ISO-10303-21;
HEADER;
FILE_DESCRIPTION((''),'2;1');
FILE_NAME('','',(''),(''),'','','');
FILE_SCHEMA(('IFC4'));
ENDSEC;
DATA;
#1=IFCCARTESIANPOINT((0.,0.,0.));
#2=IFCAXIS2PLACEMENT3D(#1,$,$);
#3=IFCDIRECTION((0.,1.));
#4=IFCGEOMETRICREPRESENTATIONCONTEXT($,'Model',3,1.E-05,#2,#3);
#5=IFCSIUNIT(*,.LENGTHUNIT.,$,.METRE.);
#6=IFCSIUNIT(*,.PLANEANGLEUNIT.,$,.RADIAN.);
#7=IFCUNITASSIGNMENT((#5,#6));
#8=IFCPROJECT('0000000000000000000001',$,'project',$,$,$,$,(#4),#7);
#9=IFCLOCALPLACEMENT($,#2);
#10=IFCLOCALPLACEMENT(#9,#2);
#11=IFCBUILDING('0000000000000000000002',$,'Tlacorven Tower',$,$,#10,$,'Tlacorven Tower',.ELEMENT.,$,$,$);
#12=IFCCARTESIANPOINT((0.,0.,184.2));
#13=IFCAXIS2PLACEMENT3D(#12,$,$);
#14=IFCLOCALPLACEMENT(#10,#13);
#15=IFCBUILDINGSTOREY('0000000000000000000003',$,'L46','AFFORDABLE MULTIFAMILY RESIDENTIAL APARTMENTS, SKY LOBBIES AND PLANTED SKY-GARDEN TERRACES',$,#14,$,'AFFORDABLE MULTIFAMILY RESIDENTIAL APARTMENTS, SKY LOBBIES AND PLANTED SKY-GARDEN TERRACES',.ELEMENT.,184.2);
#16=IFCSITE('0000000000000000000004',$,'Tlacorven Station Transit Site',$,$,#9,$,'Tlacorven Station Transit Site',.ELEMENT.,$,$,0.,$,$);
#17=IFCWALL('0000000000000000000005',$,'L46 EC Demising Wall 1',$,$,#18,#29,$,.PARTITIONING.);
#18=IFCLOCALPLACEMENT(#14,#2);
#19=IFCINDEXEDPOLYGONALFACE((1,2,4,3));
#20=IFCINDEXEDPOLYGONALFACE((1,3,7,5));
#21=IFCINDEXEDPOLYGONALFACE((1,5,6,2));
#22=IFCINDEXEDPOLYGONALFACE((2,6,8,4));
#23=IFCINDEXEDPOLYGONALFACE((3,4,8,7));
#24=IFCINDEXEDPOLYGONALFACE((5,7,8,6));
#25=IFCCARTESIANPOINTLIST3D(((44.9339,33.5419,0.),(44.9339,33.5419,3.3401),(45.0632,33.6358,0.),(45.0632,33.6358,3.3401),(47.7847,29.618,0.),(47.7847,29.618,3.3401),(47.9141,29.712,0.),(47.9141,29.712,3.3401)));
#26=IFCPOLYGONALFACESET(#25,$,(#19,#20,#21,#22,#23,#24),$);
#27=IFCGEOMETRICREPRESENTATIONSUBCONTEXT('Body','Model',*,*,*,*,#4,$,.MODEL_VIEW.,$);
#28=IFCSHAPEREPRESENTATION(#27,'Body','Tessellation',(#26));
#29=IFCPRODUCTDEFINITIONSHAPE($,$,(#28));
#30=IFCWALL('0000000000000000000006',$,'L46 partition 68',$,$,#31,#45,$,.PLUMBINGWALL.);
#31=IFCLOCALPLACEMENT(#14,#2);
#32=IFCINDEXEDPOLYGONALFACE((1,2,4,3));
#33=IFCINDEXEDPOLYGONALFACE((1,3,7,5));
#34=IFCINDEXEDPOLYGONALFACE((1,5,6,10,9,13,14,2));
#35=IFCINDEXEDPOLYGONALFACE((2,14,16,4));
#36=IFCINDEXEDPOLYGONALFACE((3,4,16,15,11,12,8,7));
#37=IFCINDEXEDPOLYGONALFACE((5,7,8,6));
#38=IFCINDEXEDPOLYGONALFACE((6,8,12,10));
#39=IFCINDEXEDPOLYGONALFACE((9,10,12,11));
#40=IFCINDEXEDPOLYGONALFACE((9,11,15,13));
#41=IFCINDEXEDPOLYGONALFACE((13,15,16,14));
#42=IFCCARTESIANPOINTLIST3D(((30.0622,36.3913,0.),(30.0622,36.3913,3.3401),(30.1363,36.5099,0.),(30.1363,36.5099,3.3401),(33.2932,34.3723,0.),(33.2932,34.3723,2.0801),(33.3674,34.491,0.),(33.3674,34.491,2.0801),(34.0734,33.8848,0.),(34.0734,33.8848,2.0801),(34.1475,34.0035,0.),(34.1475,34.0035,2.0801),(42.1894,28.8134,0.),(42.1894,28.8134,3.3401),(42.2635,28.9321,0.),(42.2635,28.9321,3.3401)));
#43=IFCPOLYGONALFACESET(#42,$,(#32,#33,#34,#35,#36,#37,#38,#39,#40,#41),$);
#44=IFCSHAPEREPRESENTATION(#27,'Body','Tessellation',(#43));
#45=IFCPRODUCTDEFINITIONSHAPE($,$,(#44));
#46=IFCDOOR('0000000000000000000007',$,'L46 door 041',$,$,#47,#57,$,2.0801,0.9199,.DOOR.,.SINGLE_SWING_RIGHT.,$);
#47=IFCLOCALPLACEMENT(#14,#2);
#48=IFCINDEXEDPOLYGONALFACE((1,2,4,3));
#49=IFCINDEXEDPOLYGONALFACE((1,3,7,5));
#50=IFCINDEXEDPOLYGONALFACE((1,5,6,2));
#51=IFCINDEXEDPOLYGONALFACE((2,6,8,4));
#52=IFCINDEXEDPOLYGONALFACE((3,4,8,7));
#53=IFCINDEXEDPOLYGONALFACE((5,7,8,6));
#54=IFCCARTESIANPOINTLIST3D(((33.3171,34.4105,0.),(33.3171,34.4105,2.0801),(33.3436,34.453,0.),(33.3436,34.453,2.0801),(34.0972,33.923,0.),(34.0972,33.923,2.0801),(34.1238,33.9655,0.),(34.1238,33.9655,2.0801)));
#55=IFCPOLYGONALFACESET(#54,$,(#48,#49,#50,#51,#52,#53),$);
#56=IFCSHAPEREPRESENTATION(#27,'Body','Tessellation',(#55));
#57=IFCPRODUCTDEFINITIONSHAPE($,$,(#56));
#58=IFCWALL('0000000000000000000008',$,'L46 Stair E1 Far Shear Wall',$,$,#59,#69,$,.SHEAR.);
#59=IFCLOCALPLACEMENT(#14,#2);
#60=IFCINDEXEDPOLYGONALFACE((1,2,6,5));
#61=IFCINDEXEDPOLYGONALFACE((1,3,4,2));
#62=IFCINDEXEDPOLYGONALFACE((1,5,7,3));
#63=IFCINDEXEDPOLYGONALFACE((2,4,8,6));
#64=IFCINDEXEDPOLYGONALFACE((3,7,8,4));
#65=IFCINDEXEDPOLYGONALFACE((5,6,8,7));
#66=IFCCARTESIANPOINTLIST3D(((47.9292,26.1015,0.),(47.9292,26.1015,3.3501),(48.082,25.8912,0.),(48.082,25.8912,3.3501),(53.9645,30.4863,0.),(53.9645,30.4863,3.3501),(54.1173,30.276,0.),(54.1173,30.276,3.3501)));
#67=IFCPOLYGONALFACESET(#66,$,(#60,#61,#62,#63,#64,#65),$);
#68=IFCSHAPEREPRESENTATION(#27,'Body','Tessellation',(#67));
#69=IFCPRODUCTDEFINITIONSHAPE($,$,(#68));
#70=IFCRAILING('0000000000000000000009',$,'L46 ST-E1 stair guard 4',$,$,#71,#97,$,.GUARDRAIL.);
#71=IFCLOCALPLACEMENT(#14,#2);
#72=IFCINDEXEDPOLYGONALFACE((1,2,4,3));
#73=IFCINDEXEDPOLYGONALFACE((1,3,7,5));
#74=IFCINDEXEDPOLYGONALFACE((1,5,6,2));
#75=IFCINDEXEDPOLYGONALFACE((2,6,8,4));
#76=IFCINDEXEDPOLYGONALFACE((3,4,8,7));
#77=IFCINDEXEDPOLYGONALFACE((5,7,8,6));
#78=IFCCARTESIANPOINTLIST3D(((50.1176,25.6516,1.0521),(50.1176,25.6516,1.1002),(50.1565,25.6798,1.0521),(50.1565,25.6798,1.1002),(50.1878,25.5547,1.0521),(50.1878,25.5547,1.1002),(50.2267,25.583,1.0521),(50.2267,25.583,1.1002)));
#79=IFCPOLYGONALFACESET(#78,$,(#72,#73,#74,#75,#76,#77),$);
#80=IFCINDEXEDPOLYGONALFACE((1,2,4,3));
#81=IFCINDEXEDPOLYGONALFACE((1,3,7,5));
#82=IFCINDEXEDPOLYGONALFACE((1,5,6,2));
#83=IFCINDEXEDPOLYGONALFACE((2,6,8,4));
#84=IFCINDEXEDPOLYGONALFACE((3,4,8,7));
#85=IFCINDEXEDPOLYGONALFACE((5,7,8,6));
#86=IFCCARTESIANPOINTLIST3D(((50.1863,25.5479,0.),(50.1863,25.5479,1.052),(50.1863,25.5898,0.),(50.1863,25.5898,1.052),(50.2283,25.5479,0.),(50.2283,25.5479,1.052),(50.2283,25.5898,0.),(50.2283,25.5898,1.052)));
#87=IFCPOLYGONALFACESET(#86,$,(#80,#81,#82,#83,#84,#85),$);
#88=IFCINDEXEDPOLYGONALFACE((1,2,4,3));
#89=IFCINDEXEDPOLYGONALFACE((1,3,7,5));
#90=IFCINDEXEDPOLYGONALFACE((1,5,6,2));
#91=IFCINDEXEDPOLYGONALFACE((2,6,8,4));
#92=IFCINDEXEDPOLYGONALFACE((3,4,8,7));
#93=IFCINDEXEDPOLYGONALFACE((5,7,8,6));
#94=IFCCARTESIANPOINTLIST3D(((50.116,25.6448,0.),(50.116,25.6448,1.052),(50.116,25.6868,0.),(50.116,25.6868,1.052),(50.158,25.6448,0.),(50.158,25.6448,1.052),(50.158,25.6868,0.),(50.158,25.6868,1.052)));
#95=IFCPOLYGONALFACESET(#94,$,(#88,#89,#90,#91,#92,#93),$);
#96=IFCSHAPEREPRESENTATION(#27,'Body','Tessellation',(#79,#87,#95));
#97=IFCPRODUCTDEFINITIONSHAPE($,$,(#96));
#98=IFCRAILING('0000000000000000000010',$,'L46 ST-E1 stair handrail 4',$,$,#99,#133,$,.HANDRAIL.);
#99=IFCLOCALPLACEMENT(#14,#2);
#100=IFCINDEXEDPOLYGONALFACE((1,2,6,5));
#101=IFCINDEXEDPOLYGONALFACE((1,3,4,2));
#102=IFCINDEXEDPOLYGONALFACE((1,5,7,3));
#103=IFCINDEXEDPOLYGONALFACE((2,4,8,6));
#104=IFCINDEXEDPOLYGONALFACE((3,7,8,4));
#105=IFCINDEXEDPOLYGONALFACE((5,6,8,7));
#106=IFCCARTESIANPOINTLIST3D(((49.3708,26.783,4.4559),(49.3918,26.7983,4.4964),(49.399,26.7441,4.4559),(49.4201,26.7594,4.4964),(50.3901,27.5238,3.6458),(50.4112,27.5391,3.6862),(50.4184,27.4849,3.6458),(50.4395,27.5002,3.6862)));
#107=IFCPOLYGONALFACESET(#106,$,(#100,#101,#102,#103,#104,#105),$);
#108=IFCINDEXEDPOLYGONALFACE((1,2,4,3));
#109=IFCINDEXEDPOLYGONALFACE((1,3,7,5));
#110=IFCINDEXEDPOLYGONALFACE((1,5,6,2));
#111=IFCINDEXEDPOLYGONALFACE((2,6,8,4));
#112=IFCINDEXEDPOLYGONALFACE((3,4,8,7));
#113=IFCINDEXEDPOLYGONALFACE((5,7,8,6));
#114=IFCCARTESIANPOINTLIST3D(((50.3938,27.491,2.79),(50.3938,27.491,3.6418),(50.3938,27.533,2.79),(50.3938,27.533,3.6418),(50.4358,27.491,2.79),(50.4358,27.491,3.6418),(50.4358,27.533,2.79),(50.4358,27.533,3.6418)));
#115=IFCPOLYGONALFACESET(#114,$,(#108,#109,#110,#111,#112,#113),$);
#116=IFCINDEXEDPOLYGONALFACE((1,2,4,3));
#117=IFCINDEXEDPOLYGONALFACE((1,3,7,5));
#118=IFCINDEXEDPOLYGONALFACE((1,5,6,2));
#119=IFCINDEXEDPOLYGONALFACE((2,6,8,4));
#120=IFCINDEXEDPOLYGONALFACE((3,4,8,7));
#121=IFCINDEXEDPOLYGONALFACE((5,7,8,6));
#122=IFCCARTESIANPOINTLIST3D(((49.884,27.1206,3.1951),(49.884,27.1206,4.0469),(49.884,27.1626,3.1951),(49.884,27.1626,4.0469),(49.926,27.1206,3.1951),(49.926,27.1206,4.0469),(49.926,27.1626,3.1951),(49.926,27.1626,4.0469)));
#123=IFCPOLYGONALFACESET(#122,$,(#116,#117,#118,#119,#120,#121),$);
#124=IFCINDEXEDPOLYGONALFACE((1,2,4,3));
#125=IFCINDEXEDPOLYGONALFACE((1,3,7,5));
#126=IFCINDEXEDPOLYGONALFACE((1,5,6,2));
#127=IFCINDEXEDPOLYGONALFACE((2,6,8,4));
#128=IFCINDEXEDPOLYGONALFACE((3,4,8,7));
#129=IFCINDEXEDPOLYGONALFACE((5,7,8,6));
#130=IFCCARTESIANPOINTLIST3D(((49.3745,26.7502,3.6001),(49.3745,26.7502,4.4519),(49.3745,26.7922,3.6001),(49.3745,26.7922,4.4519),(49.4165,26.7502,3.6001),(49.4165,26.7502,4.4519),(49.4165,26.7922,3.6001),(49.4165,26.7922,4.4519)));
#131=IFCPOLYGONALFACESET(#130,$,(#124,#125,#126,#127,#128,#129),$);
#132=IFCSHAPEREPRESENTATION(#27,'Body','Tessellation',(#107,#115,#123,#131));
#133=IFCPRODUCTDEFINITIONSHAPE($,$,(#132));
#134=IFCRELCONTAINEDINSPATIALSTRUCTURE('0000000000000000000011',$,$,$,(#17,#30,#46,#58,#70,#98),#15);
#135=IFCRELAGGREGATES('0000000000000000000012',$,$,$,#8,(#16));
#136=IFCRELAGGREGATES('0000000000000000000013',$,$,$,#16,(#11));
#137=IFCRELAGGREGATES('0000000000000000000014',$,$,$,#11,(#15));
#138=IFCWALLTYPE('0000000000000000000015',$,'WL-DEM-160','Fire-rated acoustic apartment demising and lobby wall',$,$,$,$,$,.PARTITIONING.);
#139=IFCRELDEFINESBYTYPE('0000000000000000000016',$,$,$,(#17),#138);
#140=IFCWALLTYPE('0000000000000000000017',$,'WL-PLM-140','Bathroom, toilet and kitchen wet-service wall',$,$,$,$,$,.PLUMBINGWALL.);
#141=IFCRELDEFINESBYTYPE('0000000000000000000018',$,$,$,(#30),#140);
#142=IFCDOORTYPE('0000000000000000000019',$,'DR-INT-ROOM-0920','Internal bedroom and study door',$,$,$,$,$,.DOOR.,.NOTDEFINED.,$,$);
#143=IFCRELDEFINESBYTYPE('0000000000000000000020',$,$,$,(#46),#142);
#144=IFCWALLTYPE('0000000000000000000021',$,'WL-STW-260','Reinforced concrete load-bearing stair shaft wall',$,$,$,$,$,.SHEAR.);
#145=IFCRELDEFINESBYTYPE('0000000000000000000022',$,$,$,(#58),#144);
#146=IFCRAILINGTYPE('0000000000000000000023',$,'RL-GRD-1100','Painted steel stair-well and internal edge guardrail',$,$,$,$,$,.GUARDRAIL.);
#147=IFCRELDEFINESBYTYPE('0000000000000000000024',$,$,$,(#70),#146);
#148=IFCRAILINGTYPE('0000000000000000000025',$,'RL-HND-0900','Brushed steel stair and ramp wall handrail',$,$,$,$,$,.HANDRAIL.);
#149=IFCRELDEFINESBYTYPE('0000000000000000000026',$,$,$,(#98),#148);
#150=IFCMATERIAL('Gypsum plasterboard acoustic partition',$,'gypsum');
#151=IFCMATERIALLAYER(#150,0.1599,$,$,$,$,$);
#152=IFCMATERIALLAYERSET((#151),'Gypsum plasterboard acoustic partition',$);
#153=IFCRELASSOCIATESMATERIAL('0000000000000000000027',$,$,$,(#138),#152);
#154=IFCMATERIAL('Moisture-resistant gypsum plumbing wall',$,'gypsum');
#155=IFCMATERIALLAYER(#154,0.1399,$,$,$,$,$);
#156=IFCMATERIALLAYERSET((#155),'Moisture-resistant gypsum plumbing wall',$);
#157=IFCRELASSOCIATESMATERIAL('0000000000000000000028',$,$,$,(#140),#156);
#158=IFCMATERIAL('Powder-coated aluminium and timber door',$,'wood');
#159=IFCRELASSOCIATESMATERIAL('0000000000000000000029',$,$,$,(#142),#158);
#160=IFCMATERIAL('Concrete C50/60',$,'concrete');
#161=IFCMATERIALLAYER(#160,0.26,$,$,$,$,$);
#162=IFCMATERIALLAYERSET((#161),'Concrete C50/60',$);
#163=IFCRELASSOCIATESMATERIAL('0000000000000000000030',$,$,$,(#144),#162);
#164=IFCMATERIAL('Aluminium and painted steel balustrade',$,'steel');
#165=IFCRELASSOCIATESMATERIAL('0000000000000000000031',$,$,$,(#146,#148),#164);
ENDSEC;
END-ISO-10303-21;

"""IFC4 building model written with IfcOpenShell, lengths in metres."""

from ifc_helpers import new_model, si_unit, direction, frame, frame_2d, origin, origin_2d, place, context, subcontext, project, spatial, rectangle, extrude, source, transform, mapped, material, layer, layer_set, type_object, element, fill, save


model = new_model("IFC4")

# Units and contexts
model_context = context("Model", 3, precision=1e-05, world=origin(), true_north=direction((0.0, 1.0)))
body_context = subcontext(model_context, "Body", "Model", "MODEL_VIEW")
ifc_project = project(units=[si_unit("LENGTHUNIT", "METRE"), si_unit("PLANEANGLEUNIT", "RADIAN")], contexts=[model_context])

# Site, building, storey
site_placement = place(None, origin())
site = spatial("IfcSite", under=ifc_project, at=site_placement, Name="Tlacorven Station Transit Site", LongName="Tlacorven Station Transit Site", CompositionType="ELEMENT", RefElevation=0.0)
building_placement = place(site_placement, origin())
building = spatial("IfcBuilding", under=site, at=building_placement, Name="Tlacorven Tower", LongName="Tlacorven Tower", CompositionType="ELEMENT")
storey_placement = place(building_placement, frame((0.0, 0.0, 184.2)))
storey = spatial("IfcBuildingStorey", under=building, at=storey_placement, Name="L46", Description="AFFORDABLE MULTIFAMILY RESIDENTIAL APARTMENTS, SKY LOBBIES AND PLANTED SKY-GARDEN TERRACES", LongName="AFFORDABLE MULTIFAMILY RESIDENTIAL APARTMENTS, SKY LOBBIES AND PLANTED SKY-GARDEN TERRACES", CompositionType="ELEMENT", Elevation=184.2)

# Shared definitions
ifc_material_1 = material(Name="Gypsum plasterboard acoustic partition", Category="gypsum")
ifc_layer_1 = layer(ifc_material_1, 0.1599)
ifc_layer_set_1 = layer_set([ifc_layer_1], Name="Gypsum plasterboard acoustic partition")
wall_type_1 = type_object("IfcWallType", Name="WL-DEM-160", Description="Fire-rated acoustic apartment demising and lobby wall", PredefinedType="PARTITIONING", material=ifc_layer_set_1)

# Wall
wall_1_placement = place(storey_placement, frame((47.8494, 29.665, 0.0), z_axis=(0.0, 0.0, 1.0), x_axis=(-0.587786, 0.809017, 0.0)))
element("IfcWall", 1, at=wall_1_placement, inside=storey, type_object=wall_type_1, Name="L46 EC Demising Wall 1", PredefinedType="PARTITIONING", context=body_context, shape_type="SweptSolid", body=[
    extrude(rectangle(XDim=4.8501, YDim=0.1599, at=frame_2d((2.425, 0.0))), origin(), (0.0, 0.0, 1.0), 3.3401),
])

# Wall, opening, door
ifc_material_2 = material(Name="Moisture-resistant gypsum plumbing wall", Category="gypsum")
ifc_layer_2 = layer(ifc_material_2, 0.1399)
ifc_layer_set_2 = layer_set([ifc_layer_2], Name="Moisture-resistant gypsum plumbing wall")
wall_type_2 = type_object("IfcWallType", Name="WL-PLM-140", Description="Bathroom, toilet and kitchen wet-service wall", PredefinedType="PLUMBINGWALL", material=ifc_layer_set_2)
wall_2_placement = place(storey_placement, frame((42.2263, 28.8728, 0.0), z_axis=(0.0, 0.0, 1.0), x_axis=(-0.848049, 0.529918, 0.0)))
wall_2 = element("IfcWall", 2, at=wall_2_placement, inside=storey, type_object=wall_type_2, Name="L46 partition 68", PredefinedType="PLUMBINGWALL", context=body_context, shape_type="SweptSolid", body=[
    extrude(rectangle(XDim=14.3, YDim=0.1399, at=frame_2d((7.1499, 0.0))), origin(), (0.0, 0.0, 1.0), 3.3401),
])
opening_1_placement = place(wall_2_placement, frame((9.5701, 0.0, 0.0)))
opening_1 = element("IfcOpeningElement", 3, at=opening_1_placement, cuts=wall_2, PredefinedType="OPENING", context=body_context, shape_type="SweptSolid", body=[
    extrude(rectangle(XDim=0.9199, YDim=2.0801, at=frame_2d((0.46, 1.04))), frame((0.0, 0.0801, 0.0), z_axis=(0.0, -1.0, 0.0), x_axis=(1.0, 0.0, 0.0)), (0.0, 0.0, 1.0), 0.1599),
])
ifc_material_3 = material(Name="Powder-coated aluminium and timber door", Category="wood")
door_type_1 = type_object("IfcDoorType", Name="DR-INT-ROOM-0920", Description="Internal bedroom and study door", OperationType="NOTDEFINED", PredefinedType="DOOR", material=ifc_material_3)
shared_shape_1 = source(origin(), body_context, "Body", "SweptSolid", [
    extrude(rectangle(XDim=0.9199, YDim=2.0801, at=frame_2d((0.46, 1.04))), frame((0.0, 0.0249, 0.0), z_axis=(0.0, -1.0, 0.0), x_axis=(1.0, 0.0, 0.0)), (0.0, 0.0, 1.0), 0.05),
])
door_1_placement = place(opening_1_placement, origin())
door_1 = element("IfcDoor", 4, at=door_1_placement, inside=storey, type_object=door_type_1, Name="L46 door 041", OperationType="SINGLE_SWING_RIGHT", OverallHeight=2.0801, OverallWidth=0.9199, PredefinedType="DOOR", context=body_context, shape_type="MappedRepresentation", body=[
    mapped(shared_shape_1, transform((0.0, 0.0, 0.0), scale=1.0)),
])
fill(opening_1, door_1)

# Wall
ifc_material_4 = material(Name="Concrete C50/60", Category="concrete")
ifc_layer_3 = layer(ifc_material_4, 0.26)
ifc_layer_set_3 = layer_set([ifc_layer_3], Name="Concrete C50/60")
wall_type_3 = type_object("IfcWallType", Name="WL-STW-260", Description="Reinforced concrete load-bearing stair shaft wall", PredefinedType="SHEAR", material=ifc_layer_set_3)
wall_3_placement = place(storey_placement, frame((48.0056, 25.9963, 0.0), z_axis=(0.0, 0.0, 1.0), x_axis=(0.809019, 0.587782, 0.0)))
element("IfcWall", 5, at=wall_3_placement, inside=storey, type_object=wall_type_3, Name="L46 Stair E1 Far Shear Wall", PredefinedType="SHEAR", context=body_context, shape_type="SweptSolid", body=[
    extrude(rectangle(XDim=7.46, YDim=0.26, at=frame_2d((3.73, 0.0))), origin(), (0.0, 0.0, 1.0), 3.3501),
])

# Railings
ifc_material_5 = material(Name="Aluminium and painted steel balustrade", Category="steel")
railing_type_1 = type_object("IfcRailingType", Name="RL-GRD-1100", Description="Painted steel stair-well and internal edge guardrail", PredefinedType="GUARDRAIL", material=ifc_material_5)
shared_shape_2 = source(origin(), body_context, "Body", "SweptSolid", [
    extrude(rectangle(XDim=0.0481, YDim=0.0481, at=origin_2d()), frame((0.0, 0.0, 1.0762), z_axis=(-0.587201, 0.809441, 0.0), x_axis=(-0.809441, -0.587201, 0.0)), (0.0, 0.0, 1.0), 0.1196),
    extrude(rectangle(XDim=0.042, YDim=0.042, at=origin_2d()), origin(), (0.0, 0.0, 1.0), 1.052),
    extrude(rectangle(XDim=0.042, YDim=0.042, at=origin_2d()), frame((-0.0703, 0.0969, 0.0)), (0.0, 0.0, 1.0), 1.052),
])
railing_1_placement = place(storey_placement, frame((50.2073, 25.5688, 0.0)))
element("IfcRailing", 6, at=railing_1_placement, inside=storey, type_object=railing_type_1, Name="L46 ST-E1 stair guard 4", PredefinedType="GUARDRAIL", context=body_context, shape_type="MappedRepresentation", body=[
    mapped(shared_shape_2, transform((0.0, 0.0, 0.0), scale=1.0)),
])
railing_type_2 = type_object("IfcRailingType", Name="RL-HND-0900", Description="Brushed steel stair and ramp wall handrail", PredefinedType="HANDRAIL", material=ifc_material_5)
shared_shape_3 = source(origin(), body_context, "Body", "SweptSolid", [
    extrude(rectangle(XDim=0.0481, YDim=0.0481, at=origin_2d()), frame((0.0, 0.0, 0.876), z_axis=(-0.680461, -0.494496, 0.540783), x_axis=(0.587872, -0.808954, 0.0)), (0.0, 0.0, 1.0), 1.498),
    extrude(rectangle(XDim=0.042, YDim=0.042, at=origin_2d()), origin(), (0.0, 0.0, 1.0), 0.8518),
    extrude(rectangle(XDim=0.042, YDim=0.042, at=origin_2d()), frame((-0.5098, -0.3704, 0.405)), (0.0, 0.0, 1.0), 0.8518),
    extrude(rectangle(XDim=0.042, YDim=0.042, at=origin_2d()), frame((-1.0193, -0.7407, 0.8101)), (0.0, 0.0, 1.0), 0.8518),
])
railing_2_placement = place(storey_placement, frame((50.4148, 27.512, 2.79)))
element("IfcRailing", 7, at=railing_2_placement, inside=storey, type_object=railing_type_2, Name="L46 ST-E1 stair handrail 4", PredefinedType="HANDRAIL", context=body_context, shape_type="MappedRepresentation", body=[
    mapped(shared_shape_3, transform((0.0, 0.0, 0.0), scale=1.0)),
])

save(model, "model.ifc")
